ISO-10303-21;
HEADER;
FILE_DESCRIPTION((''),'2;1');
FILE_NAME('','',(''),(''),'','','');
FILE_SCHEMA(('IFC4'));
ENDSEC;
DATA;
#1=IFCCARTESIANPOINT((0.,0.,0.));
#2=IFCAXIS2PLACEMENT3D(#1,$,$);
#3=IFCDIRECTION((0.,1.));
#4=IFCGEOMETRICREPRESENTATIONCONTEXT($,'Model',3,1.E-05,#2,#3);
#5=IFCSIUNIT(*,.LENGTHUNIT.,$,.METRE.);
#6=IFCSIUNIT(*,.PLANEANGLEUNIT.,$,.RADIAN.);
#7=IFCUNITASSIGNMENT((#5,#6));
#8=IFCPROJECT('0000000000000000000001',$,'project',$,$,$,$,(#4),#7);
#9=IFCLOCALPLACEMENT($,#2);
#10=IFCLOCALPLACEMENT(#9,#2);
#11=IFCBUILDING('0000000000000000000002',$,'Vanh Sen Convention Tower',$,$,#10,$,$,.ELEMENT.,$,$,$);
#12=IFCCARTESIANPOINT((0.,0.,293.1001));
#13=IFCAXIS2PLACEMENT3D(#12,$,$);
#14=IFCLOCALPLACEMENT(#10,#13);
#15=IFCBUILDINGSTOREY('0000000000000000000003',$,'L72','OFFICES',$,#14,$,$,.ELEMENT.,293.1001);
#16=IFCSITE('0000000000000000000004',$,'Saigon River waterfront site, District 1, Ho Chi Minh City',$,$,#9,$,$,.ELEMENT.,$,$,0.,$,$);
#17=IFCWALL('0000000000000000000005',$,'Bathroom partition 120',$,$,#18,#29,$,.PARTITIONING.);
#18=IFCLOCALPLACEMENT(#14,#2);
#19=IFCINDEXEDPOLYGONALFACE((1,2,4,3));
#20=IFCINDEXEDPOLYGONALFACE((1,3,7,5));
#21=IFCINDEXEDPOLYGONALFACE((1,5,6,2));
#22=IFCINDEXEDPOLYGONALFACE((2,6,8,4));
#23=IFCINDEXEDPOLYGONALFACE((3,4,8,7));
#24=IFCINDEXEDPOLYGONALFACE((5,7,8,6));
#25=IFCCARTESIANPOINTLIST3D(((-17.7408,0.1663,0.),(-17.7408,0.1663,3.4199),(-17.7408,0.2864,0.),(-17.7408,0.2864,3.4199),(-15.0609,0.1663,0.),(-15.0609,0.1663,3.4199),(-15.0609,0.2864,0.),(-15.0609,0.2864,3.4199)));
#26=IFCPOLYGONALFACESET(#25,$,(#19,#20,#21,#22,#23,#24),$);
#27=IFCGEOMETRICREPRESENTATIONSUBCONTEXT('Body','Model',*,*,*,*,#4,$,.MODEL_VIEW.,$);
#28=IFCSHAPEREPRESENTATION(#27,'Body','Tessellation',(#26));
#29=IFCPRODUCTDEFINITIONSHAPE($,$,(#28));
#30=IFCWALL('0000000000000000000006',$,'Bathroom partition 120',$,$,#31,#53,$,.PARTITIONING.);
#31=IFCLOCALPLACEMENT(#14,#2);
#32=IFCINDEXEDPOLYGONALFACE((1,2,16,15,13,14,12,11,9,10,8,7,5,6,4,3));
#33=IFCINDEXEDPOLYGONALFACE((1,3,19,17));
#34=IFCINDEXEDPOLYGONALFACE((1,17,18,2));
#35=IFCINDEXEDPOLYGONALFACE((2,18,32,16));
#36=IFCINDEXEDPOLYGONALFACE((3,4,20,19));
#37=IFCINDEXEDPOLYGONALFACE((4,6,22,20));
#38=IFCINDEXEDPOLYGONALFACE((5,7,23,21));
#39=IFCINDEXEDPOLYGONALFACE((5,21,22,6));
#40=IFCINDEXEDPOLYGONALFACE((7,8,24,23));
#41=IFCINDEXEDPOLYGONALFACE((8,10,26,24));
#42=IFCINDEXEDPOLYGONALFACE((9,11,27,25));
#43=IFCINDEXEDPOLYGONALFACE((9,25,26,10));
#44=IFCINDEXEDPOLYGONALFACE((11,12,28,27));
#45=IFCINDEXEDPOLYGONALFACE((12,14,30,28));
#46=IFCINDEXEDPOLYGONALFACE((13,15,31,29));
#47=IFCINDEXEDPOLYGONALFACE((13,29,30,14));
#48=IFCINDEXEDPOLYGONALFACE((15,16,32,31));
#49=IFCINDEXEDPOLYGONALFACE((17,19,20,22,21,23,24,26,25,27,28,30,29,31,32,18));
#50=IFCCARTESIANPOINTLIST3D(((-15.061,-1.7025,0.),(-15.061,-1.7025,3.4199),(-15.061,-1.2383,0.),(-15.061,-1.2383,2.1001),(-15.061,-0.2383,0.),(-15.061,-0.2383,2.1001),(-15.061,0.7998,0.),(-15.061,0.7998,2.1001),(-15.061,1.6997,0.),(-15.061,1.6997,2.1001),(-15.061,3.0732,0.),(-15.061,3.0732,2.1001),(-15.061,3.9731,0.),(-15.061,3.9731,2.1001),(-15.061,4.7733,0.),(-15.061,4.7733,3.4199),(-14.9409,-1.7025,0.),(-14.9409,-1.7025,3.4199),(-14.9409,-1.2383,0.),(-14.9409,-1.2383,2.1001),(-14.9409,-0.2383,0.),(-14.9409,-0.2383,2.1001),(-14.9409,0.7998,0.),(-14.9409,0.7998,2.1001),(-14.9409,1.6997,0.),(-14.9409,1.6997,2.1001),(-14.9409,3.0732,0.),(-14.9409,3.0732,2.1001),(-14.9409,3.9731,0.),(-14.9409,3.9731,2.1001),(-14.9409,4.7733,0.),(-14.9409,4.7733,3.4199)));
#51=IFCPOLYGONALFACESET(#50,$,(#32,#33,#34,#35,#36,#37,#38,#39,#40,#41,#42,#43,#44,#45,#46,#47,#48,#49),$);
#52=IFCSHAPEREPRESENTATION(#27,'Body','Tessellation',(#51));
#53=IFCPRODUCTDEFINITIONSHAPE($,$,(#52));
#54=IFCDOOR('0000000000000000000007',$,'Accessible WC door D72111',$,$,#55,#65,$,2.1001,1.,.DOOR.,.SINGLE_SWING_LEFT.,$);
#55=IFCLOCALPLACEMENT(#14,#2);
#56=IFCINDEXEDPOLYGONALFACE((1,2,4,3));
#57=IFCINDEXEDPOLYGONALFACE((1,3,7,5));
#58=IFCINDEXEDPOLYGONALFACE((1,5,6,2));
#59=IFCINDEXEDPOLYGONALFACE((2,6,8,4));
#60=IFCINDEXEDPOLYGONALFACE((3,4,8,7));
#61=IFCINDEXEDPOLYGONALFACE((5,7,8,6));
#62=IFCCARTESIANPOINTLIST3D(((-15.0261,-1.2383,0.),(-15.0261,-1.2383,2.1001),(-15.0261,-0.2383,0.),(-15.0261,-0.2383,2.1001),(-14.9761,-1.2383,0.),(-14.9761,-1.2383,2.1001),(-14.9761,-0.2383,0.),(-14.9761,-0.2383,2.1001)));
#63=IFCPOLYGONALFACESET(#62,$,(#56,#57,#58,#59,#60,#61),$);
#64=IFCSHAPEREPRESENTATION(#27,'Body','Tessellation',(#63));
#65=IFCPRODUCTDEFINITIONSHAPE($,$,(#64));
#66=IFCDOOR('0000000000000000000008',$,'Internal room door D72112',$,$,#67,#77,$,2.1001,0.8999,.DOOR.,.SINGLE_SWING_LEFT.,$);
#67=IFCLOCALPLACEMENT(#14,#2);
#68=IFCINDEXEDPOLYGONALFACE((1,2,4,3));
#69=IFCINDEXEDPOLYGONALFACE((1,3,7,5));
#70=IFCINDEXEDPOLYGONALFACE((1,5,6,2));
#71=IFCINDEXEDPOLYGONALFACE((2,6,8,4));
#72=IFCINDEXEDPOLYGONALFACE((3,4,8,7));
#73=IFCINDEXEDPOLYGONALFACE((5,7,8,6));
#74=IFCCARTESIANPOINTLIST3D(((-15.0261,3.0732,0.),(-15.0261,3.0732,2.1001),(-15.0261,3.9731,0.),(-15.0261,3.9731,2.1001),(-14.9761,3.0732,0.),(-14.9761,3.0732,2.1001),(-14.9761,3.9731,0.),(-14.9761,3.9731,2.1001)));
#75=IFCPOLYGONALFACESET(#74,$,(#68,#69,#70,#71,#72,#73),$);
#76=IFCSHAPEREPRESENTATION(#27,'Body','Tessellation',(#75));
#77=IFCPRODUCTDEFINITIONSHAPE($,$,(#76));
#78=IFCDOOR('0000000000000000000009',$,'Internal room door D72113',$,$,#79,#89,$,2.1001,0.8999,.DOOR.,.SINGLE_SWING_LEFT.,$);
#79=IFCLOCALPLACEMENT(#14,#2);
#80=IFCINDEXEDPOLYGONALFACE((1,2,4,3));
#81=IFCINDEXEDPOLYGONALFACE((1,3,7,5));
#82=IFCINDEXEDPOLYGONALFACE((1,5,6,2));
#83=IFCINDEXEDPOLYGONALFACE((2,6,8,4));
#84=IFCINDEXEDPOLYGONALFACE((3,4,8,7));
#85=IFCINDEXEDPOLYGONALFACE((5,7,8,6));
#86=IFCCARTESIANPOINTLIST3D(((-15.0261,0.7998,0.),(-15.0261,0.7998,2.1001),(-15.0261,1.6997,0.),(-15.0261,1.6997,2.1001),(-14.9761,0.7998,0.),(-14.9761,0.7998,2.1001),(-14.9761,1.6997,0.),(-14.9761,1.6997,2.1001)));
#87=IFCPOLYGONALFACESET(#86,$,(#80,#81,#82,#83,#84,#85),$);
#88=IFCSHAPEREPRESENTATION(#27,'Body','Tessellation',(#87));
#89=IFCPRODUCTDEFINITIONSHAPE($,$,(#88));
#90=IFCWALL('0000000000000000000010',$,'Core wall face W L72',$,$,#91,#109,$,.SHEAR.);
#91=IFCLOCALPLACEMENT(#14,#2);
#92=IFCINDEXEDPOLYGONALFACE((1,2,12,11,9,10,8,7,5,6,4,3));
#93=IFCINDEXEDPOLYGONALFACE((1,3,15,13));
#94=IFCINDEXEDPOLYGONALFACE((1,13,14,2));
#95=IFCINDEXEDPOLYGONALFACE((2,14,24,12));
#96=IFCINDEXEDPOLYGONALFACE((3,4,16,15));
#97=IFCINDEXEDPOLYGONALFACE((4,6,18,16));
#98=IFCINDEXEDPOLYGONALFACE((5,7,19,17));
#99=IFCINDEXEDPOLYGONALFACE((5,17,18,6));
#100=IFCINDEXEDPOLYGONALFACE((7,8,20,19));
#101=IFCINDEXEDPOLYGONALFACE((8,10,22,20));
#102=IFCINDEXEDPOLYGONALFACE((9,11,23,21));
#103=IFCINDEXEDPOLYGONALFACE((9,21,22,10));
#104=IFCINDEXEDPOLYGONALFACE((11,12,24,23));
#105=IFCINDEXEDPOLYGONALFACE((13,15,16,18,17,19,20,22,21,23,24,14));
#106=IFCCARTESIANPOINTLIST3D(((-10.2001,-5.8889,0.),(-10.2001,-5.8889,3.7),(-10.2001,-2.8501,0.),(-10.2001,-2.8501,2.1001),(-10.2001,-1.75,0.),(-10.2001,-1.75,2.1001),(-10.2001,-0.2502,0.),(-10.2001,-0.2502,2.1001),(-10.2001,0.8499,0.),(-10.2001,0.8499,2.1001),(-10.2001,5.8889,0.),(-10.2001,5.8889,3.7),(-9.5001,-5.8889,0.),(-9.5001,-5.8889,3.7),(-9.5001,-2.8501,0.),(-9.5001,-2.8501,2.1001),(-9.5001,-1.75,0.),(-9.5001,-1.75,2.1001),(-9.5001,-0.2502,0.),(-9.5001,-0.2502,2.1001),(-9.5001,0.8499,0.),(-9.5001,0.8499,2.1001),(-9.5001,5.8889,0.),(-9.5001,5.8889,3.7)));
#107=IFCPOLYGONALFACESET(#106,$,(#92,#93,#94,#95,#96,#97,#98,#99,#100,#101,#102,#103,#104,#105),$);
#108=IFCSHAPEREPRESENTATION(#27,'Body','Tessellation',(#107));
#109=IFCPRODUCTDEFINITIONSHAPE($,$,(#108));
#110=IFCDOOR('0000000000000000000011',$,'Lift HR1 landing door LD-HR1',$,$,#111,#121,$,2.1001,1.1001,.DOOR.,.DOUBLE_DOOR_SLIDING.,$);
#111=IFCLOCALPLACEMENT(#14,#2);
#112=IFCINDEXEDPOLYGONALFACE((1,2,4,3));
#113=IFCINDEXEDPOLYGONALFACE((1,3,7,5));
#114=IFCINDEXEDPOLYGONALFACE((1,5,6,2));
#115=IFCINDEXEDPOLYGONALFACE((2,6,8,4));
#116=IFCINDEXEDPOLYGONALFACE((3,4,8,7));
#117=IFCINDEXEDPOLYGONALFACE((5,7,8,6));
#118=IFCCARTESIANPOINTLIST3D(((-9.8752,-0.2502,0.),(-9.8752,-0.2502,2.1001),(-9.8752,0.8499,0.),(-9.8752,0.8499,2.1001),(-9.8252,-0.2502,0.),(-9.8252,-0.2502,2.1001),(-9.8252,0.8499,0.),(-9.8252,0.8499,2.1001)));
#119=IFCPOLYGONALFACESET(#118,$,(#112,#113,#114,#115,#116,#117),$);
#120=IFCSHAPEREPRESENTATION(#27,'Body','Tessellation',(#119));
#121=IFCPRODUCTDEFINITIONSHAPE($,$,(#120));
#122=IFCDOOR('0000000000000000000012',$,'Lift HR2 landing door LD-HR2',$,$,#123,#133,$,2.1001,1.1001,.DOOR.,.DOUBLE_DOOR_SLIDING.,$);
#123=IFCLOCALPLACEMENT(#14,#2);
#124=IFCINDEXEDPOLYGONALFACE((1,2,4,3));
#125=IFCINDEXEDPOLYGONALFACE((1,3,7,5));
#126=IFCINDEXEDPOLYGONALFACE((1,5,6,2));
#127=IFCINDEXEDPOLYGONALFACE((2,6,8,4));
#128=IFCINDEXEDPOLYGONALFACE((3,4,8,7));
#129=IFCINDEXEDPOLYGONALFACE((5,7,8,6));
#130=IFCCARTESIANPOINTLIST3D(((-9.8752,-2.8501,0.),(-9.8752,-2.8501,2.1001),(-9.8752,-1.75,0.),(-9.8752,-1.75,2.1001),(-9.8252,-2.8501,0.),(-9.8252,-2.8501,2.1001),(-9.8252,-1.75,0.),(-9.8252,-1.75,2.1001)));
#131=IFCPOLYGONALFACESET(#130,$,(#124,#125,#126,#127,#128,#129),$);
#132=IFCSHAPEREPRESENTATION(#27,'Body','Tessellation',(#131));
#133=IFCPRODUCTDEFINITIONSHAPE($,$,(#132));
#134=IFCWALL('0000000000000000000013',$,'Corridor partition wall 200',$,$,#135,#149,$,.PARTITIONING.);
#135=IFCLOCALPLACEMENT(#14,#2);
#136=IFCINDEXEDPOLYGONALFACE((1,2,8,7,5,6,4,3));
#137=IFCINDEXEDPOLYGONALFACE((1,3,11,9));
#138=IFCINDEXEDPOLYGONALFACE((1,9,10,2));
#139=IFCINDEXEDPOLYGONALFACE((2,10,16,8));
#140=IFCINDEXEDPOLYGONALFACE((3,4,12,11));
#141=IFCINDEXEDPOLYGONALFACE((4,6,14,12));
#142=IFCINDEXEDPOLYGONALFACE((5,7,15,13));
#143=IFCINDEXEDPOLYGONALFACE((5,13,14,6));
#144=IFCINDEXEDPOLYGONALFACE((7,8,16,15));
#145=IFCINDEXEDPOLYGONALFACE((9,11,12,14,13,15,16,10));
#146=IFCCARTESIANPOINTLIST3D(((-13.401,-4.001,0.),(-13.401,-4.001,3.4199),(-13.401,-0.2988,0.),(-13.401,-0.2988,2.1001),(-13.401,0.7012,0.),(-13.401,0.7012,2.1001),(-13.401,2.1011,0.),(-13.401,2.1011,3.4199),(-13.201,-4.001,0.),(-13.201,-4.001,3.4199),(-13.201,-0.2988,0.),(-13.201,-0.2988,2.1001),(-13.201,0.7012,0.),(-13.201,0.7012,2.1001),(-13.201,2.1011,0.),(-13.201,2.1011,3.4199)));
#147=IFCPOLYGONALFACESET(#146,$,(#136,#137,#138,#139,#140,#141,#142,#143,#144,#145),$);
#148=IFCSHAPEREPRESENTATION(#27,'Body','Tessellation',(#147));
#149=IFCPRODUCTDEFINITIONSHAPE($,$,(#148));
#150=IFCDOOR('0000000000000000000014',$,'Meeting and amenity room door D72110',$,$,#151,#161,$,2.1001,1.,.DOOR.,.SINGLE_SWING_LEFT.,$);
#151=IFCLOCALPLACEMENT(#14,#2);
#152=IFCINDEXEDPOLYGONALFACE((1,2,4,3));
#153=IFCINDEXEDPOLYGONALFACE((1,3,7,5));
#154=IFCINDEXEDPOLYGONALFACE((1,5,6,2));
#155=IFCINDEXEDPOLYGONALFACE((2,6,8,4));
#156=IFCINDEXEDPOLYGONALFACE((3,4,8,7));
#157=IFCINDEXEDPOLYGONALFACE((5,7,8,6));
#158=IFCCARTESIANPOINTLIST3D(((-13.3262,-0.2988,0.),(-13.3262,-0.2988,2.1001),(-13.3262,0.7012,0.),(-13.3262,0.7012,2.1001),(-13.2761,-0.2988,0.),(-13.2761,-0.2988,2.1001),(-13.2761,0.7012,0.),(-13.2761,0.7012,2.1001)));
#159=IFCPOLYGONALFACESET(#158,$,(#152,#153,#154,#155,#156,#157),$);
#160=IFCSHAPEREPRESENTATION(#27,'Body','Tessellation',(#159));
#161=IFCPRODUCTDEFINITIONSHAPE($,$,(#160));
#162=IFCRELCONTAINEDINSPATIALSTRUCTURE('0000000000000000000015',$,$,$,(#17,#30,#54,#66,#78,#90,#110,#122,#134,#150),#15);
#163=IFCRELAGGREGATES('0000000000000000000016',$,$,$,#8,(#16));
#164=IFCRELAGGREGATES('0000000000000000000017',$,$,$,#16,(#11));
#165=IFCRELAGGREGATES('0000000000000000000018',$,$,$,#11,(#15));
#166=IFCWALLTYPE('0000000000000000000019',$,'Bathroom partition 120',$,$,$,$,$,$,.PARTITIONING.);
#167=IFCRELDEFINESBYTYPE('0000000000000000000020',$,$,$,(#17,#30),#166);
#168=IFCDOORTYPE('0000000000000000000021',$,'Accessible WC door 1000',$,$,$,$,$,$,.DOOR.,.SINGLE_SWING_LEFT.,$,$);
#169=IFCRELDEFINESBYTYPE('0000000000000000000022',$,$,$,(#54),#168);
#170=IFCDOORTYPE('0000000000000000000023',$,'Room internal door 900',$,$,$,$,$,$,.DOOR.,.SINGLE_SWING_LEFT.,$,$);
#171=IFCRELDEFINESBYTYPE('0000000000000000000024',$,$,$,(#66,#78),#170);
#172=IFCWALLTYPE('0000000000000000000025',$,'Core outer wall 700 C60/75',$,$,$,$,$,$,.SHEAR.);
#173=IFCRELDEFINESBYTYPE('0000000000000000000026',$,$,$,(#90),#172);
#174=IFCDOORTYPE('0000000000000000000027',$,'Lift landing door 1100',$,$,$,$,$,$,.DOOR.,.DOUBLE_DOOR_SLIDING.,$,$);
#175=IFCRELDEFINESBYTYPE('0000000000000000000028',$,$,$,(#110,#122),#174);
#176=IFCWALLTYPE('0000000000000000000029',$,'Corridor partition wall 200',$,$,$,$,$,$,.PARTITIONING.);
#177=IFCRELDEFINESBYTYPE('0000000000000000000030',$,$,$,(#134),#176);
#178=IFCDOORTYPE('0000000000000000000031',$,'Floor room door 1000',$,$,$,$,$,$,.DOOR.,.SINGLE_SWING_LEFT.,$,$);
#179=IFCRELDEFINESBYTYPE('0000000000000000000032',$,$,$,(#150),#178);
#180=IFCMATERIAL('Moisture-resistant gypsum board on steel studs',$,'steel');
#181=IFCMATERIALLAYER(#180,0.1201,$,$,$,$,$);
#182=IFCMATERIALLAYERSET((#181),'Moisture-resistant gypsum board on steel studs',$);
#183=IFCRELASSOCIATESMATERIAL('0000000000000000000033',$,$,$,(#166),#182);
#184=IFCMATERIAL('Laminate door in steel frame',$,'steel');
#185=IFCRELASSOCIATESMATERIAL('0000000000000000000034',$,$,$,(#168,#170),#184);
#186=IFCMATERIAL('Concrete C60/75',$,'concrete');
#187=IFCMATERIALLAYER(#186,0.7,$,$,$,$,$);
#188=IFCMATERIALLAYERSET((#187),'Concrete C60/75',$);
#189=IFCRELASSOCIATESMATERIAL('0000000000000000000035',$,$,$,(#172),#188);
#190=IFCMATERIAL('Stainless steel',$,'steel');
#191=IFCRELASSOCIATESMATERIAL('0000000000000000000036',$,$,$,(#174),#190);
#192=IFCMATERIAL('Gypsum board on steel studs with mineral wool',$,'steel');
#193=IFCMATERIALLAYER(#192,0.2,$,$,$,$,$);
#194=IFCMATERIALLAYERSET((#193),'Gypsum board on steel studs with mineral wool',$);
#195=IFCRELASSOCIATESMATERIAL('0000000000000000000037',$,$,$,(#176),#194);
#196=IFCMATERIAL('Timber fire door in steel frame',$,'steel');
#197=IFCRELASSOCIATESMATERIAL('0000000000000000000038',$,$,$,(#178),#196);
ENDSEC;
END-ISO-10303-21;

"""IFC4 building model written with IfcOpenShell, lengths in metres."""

from ifc_helpers import new_model, si_unit, direction, frame, frame_2d, origin, place, context, subcontext, project, spatial, rectangle, extrude, material, layer, layer_set, type_object, element, fill, save


model = new_model("IFC4")

# Units and contexts
model_context = context("Model", 3, precision=1e-05, world=origin(), true_north=direction((0.0, 1.0)))
body_context = subcontext(model_context, "Body", "Model", "MODEL_VIEW")
ifc_project = project(units=[si_unit("LENGTHUNIT", "METRE"), si_unit("PLANEANGLEUNIT", "RADIAN")], contexts=[model_context])

# Site, building, storey
site_placement = place(None, origin())
site = spatial("IfcSite", under=ifc_project, at=site_placement, Name="Saigon River waterfront site, District 1, Ho Chi Minh City", CompositionType="ELEMENT", RefElevation=0.0)
building_placement = place(site_placement, origin())
building = spatial("IfcBuilding", under=site, at=building_placement, Name="Vanh Sen Convention Tower", CompositionType="ELEMENT")
storey_placement = place(building_placement, frame((0.0, 0.0, 293.1001)))
storey = spatial("IfcBuildingStorey", under=building, at=storey_placement, Name="L72", Description="OFFICES", CompositionType="ELEMENT", Elevation=293.1001)

# Wall
ifc_material_1 = material(Name="Moisture-resistant gypsum board on steel studs", Category="steel")
ifc_layer_1 = layer(ifc_material_1, 0.1201)
ifc_layer_set_1 = layer_set([ifc_layer_1], Name="Moisture-resistant gypsum board on steel studs")
wall_type_1 = type_object("IfcWallType", Name="Bathroom partition 120", PredefinedType="PARTITIONING", material=ifc_layer_set_1)
wall_1_placement = place(storey_placement, frame((-15.061, 0.2263, 0.0), z_axis=(0.0, 0.0, 1.0), x_axis=(-1.0, 0.0, 0.0)))
element("IfcWall", 1, at=wall_1_placement, inside=storey, type_object=wall_type_1, Name="Bathroom partition 120", PredefinedType="PARTITIONING", context=body_context, shape_type="SweptSolid", body=[
    extrude(rectangle(XDim=2.6799, YDim=0.1201, at=frame_2d((1.3398, 0.0))), origin(), (0.0, 0.0, 1.0), 3.4199),
])

# Walls, openings, doors
wall_2_placement = place(storey_placement, frame((-15.001, 4.7732, 0.0), z_axis=(0.0, 0.0, 1.0), x_axis=(0.0, -1.0, 0.0)))
wall_2 = element("IfcWall", 2, at=wall_2_placement, inside=storey, type_object=wall_type_1, Name="Bathroom partition 120", PredefinedType="PARTITIONING", context=body_context, shape_type="SweptSolid", body=[
    extrude(rectangle(XDim=6.4758, YDim=0.1201, at=frame_2d((3.2378, 0.0))), origin(), (0.0, 0.0, 1.0), 3.4199),
])
opening_1_placement = place(wall_2_placement, frame((5.0115, 0.0, 0.0)))
opening_1 = element("IfcOpeningElement", 3, at=opening_1_placement, cuts=wall_2, PredefinedType="OPENING", context=body_context, shape_type="SweptSolid", body=[
    extrude(rectangle(XDim=1.0, YDim=2.1001, at=frame_2d((0.5, 1.05))), frame((0.0, 0.0701, 0.0), z_axis=(0.0, -1.0, 0.0), x_axis=(1.0, 0.0, 0.0)), (0.0, 0.0, 1.0), 0.1401),
])
opening_2_placement = place(wall_2_placement, frame((0.8, 0.0, 0.0)))
opening_2 = element("IfcOpeningElement", 4, at=opening_2_placement, cuts=wall_2, PredefinedType="OPENING", context=body_context, shape_type="SweptSolid", body=[
    extrude(rectangle(XDim=0.8999, YDim=2.1001, at=frame_2d((0.45, 1.05))), frame((0.0, 0.0701, 0.0), z_axis=(0.0, -1.0, 0.0), x_axis=(1.0, 0.0, 0.0)), (0.0, 0.0, 1.0), 0.1401),
])
opening_3_placement = place(wall_2_placement, frame((3.0735, 0.0, 0.0)))
opening_3 = element("IfcOpeningElement", 5, at=opening_3_placement, cuts=wall_2, PredefinedType="OPENING", context=body_context, shape_type="SweptSolid", body=[
    extrude(rectangle(XDim=0.8999, YDim=2.1001, at=frame_2d((0.45, 1.05))), frame((0.0, 0.0701, 0.0), z_axis=(0.0, -1.0, 0.0), x_axis=(1.0, 0.0, 0.0)), (0.0, 0.0, 1.0), 0.1401),
])
ifc_material_2 = material(Name="Laminate door in steel frame", Category="steel")
door_type_1 = type_object("IfcDoorType", Name="Accessible WC door 1000", OperationType="SINGLE_SWING_LEFT", PredefinedType="DOOR", material=ifc_material_2)
door_1_placement = place(opening_1_placement, origin())
door_1 = element("IfcDoor", 6, at=door_1_placement, inside=storey, type_object=door_type_1, Name="Accessible WC door D72111", OperationType="SINGLE_SWING_LEFT", OverallHeight=2.1001, OverallWidth=1.0, PredefinedType="DOOR", context=body_context, shape_type="SweptSolid", body=[
    extrude(rectangle(XDim=1.0, YDim=2.1001, at=frame_2d((0.5, 1.05))), frame((0.0, 0.0249, 0.0), z_axis=(0.0, -1.0, 0.0), x_axis=(1.0, 0.0, 0.0)), (0.0, 0.0, 1.0), 0.05),
])
fill(opening_1, door_1)
door_type_2 = type_object("IfcDoorType", Name="Room internal door 900", OperationType="SINGLE_SWING_LEFT", PredefinedType="DOOR", material=ifc_material_2)
door_2_placement = place(opening_2_placement, origin())
door_2 = element("IfcDoor", 7, at=door_2_placement, inside=storey, type_object=door_type_2, Name="Internal room door D72112", OperationType="SINGLE_SWING_LEFT", OverallHeight=2.1001, OverallWidth=0.8999, PredefinedType="DOOR", context=body_context, shape_type="SweptSolid", body=[
    extrude(rectangle(XDim=0.8999, YDim=2.1001, at=frame_2d((0.45, 1.05))), frame((0.0, 0.0249, 0.0), z_axis=(0.0, -1.0, 0.0), x_axis=(1.0, 0.0, 0.0)), (0.0, 0.0, 1.0), 0.05),
])
fill(opening_2, door_2)
door_3_placement = place(opening_3_placement, origin())
door_3 = element("IfcDoor", 8, at=door_3_placement, inside=storey, type_object=door_type_2, Name="Internal room door D72113", OperationType="SINGLE_SWING_LEFT", OverallHeight=2.1001, OverallWidth=0.8999, PredefinedType="DOOR", context=body_context, shape_type="SweptSolid", body=[
    extrude(rectangle(XDim=0.8999, YDim=2.1001, at=frame_2d((0.45, 1.05))), frame((0.0, 0.0249, 0.0), z_axis=(0.0, -1.0, 0.0), x_axis=(1.0, 0.0, 0.0)), (0.0, 0.0, 1.0), 0.05),
])
fill(opening_3, door_3)
ifc_material_3 = material(Name="Concrete C60/75", Category="concrete")
ifc_layer_2 = layer(ifc_material_3, 0.7)
ifc_layer_set_2 = layer_set([ifc_layer_2], Name="Concrete C60/75")
wall_type_2 = type_object("IfcWallType", Name="Core outer wall 700 C60/75", PredefinedType="SHEAR", material=ifc_layer_set_2)
wall_3_placement = place(storey_placement, frame((-9.8501, 5.8889, 0.0), z_axis=(0.0, 0.0, 1.0), x_axis=(0.0, -1.0, 0.0)))
wall_3 = element("IfcWall", 9, at=wall_3_placement, inside=storey, type_object=wall_type_2, Name="Core wall face W L72", PredefinedType="SHEAR", context=body_context, shape_type="SweptSolid", body=[
    extrude(rectangle(XDim=11.7778, YDim=0.7, at=frame_2d((5.8889, 0.0))), origin(), (0.0, 0.0, 1.0), 3.7),
])
opening_4_placement = place(wall_3_placement, frame((5.0391, 0.0, 0.0)))
opening_4 = element("IfcOpeningElement", 10, at=opening_4_placement, cuts=wall_3, PredefinedType="OPENING", context=body_context, shape_type="SweptSolid", body=[
    extrude(rectangle(XDim=1.1001, YDim=2.1001, at=frame_2d((0.55, 1.05))), frame((0.0, 0.3599, 0.0), z_axis=(0.0, -1.0, 0.0), x_axis=(1.0, 0.0, 0.0)), (0.0, 0.0, 1.0), 0.72),
])
opening_5_placement = place(wall_3_placement, frame((7.6389, 0.0, 0.0)))
opening_5 = element("IfcOpeningElement", 11, at=opening_5_placement, cuts=wall_3, PredefinedType="OPENING", context=body_context, shape_type="SweptSolid", body=[
    extrude(rectangle(XDim=1.1001, YDim=2.1001, at=frame_2d((0.55, 1.05))), frame((0.0, 0.3599, 0.0), z_axis=(0.0, -1.0, 0.0), x_axis=(1.0, 0.0, 0.0)), (0.0, 0.0, 1.0), 0.72),
])
ifc_material_4 = material(Name="Stainless steel", Category="steel")
door_type_3 = type_object("IfcDoorType", Name="Lift landing door 1100", OperationType="DOUBLE_DOOR_SLIDING", PredefinedType="DOOR", material=ifc_material_4)
door_4_placement = place(opening_4_placement, origin())
door_4 = element("IfcDoor", 12, at=door_4_placement, inside=storey, type_object=door_type_3, Name="Lift HR1 landing door LD-HR1", OperationType="DOUBLE_DOOR_SLIDING", OverallHeight=2.1001, OverallWidth=1.1001, PredefinedType="DOOR", context=body_context, shape_type="SweptSolid", body=[
    extrude(rectangle(XDim=1.1001, YDim=2.1001, at=frame_2d((0.55, 1.05))), frame((0.0, 0.0249, 0.0), z_axis=(0.0, -1.0, 0.0), x_axis=(1.0, 0.0, 0.0)), (0.0, 0.0, 1.0), 0.05),
])
fill(opening_4, door_4)
door_5_placement = place(opening_5_placement, origin())
door_5 = element("IfcDoor", 13, at=door_5_placement, inside=storey, type_object=door_type_3, Name="Lift HR2 landing door LD-HR2", OperationType="DOUBLE_DOOR_SLIDING", OverallHeight=2.1001, OverallWidth=1.1001, PredefinedType="DOOR", context=body_context, shape_type="SweptSolid", body=[
    extrude(rectangle(XDim=1.1001, YDim=2.1001, at=frame_2d((0.55, 1.05))), frame((0.0, 0.0249, 0.0), z_axis=(0.0, -1.0, 0.0), x_axis=(1.0, 0.0, 0.0)), (0.0, 0.0, 1.0), 0.05),
])
fill(opening_5, door_5)

# Wall, opening, door
ifc_material_5 = material(Name="Gypsum board on steel studs with mineral wool", Category="steel")
ifc_layer_3 = layer(ifc_material_5, 0.2)
ifc_layer_set_3 = layer_set([ifc_layer_3], Name="Gypsum board on steel studs with mineral wool")
wall_type_3 = type_object("IfcWallType", Name="Corridor partition wall 200", PredefinedType="PARTITIONING", material=ifc_layer_set_3)
wall_4_placement = place(storey_placement, frame((-13.301, 2.1011, 0.0), z_axis=(0.0, 0.0, 1.0), x_axis=(0.0, -1.0, 0.0)))
wall_4 = element("IfcWall", 14, at=wall_4_placement, inside=storey, type_object=wall_type_3, Name="Corridor partition wall 200", PredefinedType="PARTITIONING", context=body_context, shape_type="SweptSolid", body=[
    extrude(rectangle(XDim=6.1021, YDim=0.2, at=frame_2d((3.051, 0.0))), origin(), (0.0, 0.0, 1.0), 3.4199),
])
opening_6_placement = place(wall_4_placement, frame((1.3999, 0.0, 0.0)))
opening_6 = element("IfcOpeningElement", 15, at=opening_6_placement, cuts=wall_4, PredefinedType="OPENING", context=body_context, shape_type="SweptSolid", body=[
    extrude(rectangle(XDim=1.0, YDim=2.1001, at=frame_2d((0.5, 1.05))), frame((0.0, 0.1099, 0.0), z_axis=(0.0, -1.0, 0.0), x_axis=(1.0, 0.0, 0.0)), (0.0, 0.0, 1.0), 0.22),
])
ifc_material_6 = material(Name="Timber fire door in steel frame", Category="steel")
door_type_4 = type_object("IfcDoorType", Name="Floor room door 1000", OperationType="SINGLE_SWING_LEFT", PredefinedType="DOOR", material=ifc_material_6)
door_6_placement = place(opening_6_placement, origin())
door_6 = element("IfcDoor", 16, at=door_6_placement, inside=storey, type_object=door_type_4, Name="Meeting and amenity room door D72110", OperationType="SINGLE_SWING_LEFT", OverallHeight=2.1001, OverallWidth=1.0, PredefinedType="DOOR", context=body_context, shape_type="SweptSolid", body=[
    extrude(rectangle(XDim=1.0, YDim=2.1001, at=frame_2d((0.5, 1.05))), frame((0.0, 0.0249, 0.0), z_axis=(0.0, -1.0, 0.0), x_axis=(1.0, 0.0, 0.0)), (0.0, 0.0, 1.0), 0.05),
])
fill(opening_6, door_6)

save(model, "model.ifc")
